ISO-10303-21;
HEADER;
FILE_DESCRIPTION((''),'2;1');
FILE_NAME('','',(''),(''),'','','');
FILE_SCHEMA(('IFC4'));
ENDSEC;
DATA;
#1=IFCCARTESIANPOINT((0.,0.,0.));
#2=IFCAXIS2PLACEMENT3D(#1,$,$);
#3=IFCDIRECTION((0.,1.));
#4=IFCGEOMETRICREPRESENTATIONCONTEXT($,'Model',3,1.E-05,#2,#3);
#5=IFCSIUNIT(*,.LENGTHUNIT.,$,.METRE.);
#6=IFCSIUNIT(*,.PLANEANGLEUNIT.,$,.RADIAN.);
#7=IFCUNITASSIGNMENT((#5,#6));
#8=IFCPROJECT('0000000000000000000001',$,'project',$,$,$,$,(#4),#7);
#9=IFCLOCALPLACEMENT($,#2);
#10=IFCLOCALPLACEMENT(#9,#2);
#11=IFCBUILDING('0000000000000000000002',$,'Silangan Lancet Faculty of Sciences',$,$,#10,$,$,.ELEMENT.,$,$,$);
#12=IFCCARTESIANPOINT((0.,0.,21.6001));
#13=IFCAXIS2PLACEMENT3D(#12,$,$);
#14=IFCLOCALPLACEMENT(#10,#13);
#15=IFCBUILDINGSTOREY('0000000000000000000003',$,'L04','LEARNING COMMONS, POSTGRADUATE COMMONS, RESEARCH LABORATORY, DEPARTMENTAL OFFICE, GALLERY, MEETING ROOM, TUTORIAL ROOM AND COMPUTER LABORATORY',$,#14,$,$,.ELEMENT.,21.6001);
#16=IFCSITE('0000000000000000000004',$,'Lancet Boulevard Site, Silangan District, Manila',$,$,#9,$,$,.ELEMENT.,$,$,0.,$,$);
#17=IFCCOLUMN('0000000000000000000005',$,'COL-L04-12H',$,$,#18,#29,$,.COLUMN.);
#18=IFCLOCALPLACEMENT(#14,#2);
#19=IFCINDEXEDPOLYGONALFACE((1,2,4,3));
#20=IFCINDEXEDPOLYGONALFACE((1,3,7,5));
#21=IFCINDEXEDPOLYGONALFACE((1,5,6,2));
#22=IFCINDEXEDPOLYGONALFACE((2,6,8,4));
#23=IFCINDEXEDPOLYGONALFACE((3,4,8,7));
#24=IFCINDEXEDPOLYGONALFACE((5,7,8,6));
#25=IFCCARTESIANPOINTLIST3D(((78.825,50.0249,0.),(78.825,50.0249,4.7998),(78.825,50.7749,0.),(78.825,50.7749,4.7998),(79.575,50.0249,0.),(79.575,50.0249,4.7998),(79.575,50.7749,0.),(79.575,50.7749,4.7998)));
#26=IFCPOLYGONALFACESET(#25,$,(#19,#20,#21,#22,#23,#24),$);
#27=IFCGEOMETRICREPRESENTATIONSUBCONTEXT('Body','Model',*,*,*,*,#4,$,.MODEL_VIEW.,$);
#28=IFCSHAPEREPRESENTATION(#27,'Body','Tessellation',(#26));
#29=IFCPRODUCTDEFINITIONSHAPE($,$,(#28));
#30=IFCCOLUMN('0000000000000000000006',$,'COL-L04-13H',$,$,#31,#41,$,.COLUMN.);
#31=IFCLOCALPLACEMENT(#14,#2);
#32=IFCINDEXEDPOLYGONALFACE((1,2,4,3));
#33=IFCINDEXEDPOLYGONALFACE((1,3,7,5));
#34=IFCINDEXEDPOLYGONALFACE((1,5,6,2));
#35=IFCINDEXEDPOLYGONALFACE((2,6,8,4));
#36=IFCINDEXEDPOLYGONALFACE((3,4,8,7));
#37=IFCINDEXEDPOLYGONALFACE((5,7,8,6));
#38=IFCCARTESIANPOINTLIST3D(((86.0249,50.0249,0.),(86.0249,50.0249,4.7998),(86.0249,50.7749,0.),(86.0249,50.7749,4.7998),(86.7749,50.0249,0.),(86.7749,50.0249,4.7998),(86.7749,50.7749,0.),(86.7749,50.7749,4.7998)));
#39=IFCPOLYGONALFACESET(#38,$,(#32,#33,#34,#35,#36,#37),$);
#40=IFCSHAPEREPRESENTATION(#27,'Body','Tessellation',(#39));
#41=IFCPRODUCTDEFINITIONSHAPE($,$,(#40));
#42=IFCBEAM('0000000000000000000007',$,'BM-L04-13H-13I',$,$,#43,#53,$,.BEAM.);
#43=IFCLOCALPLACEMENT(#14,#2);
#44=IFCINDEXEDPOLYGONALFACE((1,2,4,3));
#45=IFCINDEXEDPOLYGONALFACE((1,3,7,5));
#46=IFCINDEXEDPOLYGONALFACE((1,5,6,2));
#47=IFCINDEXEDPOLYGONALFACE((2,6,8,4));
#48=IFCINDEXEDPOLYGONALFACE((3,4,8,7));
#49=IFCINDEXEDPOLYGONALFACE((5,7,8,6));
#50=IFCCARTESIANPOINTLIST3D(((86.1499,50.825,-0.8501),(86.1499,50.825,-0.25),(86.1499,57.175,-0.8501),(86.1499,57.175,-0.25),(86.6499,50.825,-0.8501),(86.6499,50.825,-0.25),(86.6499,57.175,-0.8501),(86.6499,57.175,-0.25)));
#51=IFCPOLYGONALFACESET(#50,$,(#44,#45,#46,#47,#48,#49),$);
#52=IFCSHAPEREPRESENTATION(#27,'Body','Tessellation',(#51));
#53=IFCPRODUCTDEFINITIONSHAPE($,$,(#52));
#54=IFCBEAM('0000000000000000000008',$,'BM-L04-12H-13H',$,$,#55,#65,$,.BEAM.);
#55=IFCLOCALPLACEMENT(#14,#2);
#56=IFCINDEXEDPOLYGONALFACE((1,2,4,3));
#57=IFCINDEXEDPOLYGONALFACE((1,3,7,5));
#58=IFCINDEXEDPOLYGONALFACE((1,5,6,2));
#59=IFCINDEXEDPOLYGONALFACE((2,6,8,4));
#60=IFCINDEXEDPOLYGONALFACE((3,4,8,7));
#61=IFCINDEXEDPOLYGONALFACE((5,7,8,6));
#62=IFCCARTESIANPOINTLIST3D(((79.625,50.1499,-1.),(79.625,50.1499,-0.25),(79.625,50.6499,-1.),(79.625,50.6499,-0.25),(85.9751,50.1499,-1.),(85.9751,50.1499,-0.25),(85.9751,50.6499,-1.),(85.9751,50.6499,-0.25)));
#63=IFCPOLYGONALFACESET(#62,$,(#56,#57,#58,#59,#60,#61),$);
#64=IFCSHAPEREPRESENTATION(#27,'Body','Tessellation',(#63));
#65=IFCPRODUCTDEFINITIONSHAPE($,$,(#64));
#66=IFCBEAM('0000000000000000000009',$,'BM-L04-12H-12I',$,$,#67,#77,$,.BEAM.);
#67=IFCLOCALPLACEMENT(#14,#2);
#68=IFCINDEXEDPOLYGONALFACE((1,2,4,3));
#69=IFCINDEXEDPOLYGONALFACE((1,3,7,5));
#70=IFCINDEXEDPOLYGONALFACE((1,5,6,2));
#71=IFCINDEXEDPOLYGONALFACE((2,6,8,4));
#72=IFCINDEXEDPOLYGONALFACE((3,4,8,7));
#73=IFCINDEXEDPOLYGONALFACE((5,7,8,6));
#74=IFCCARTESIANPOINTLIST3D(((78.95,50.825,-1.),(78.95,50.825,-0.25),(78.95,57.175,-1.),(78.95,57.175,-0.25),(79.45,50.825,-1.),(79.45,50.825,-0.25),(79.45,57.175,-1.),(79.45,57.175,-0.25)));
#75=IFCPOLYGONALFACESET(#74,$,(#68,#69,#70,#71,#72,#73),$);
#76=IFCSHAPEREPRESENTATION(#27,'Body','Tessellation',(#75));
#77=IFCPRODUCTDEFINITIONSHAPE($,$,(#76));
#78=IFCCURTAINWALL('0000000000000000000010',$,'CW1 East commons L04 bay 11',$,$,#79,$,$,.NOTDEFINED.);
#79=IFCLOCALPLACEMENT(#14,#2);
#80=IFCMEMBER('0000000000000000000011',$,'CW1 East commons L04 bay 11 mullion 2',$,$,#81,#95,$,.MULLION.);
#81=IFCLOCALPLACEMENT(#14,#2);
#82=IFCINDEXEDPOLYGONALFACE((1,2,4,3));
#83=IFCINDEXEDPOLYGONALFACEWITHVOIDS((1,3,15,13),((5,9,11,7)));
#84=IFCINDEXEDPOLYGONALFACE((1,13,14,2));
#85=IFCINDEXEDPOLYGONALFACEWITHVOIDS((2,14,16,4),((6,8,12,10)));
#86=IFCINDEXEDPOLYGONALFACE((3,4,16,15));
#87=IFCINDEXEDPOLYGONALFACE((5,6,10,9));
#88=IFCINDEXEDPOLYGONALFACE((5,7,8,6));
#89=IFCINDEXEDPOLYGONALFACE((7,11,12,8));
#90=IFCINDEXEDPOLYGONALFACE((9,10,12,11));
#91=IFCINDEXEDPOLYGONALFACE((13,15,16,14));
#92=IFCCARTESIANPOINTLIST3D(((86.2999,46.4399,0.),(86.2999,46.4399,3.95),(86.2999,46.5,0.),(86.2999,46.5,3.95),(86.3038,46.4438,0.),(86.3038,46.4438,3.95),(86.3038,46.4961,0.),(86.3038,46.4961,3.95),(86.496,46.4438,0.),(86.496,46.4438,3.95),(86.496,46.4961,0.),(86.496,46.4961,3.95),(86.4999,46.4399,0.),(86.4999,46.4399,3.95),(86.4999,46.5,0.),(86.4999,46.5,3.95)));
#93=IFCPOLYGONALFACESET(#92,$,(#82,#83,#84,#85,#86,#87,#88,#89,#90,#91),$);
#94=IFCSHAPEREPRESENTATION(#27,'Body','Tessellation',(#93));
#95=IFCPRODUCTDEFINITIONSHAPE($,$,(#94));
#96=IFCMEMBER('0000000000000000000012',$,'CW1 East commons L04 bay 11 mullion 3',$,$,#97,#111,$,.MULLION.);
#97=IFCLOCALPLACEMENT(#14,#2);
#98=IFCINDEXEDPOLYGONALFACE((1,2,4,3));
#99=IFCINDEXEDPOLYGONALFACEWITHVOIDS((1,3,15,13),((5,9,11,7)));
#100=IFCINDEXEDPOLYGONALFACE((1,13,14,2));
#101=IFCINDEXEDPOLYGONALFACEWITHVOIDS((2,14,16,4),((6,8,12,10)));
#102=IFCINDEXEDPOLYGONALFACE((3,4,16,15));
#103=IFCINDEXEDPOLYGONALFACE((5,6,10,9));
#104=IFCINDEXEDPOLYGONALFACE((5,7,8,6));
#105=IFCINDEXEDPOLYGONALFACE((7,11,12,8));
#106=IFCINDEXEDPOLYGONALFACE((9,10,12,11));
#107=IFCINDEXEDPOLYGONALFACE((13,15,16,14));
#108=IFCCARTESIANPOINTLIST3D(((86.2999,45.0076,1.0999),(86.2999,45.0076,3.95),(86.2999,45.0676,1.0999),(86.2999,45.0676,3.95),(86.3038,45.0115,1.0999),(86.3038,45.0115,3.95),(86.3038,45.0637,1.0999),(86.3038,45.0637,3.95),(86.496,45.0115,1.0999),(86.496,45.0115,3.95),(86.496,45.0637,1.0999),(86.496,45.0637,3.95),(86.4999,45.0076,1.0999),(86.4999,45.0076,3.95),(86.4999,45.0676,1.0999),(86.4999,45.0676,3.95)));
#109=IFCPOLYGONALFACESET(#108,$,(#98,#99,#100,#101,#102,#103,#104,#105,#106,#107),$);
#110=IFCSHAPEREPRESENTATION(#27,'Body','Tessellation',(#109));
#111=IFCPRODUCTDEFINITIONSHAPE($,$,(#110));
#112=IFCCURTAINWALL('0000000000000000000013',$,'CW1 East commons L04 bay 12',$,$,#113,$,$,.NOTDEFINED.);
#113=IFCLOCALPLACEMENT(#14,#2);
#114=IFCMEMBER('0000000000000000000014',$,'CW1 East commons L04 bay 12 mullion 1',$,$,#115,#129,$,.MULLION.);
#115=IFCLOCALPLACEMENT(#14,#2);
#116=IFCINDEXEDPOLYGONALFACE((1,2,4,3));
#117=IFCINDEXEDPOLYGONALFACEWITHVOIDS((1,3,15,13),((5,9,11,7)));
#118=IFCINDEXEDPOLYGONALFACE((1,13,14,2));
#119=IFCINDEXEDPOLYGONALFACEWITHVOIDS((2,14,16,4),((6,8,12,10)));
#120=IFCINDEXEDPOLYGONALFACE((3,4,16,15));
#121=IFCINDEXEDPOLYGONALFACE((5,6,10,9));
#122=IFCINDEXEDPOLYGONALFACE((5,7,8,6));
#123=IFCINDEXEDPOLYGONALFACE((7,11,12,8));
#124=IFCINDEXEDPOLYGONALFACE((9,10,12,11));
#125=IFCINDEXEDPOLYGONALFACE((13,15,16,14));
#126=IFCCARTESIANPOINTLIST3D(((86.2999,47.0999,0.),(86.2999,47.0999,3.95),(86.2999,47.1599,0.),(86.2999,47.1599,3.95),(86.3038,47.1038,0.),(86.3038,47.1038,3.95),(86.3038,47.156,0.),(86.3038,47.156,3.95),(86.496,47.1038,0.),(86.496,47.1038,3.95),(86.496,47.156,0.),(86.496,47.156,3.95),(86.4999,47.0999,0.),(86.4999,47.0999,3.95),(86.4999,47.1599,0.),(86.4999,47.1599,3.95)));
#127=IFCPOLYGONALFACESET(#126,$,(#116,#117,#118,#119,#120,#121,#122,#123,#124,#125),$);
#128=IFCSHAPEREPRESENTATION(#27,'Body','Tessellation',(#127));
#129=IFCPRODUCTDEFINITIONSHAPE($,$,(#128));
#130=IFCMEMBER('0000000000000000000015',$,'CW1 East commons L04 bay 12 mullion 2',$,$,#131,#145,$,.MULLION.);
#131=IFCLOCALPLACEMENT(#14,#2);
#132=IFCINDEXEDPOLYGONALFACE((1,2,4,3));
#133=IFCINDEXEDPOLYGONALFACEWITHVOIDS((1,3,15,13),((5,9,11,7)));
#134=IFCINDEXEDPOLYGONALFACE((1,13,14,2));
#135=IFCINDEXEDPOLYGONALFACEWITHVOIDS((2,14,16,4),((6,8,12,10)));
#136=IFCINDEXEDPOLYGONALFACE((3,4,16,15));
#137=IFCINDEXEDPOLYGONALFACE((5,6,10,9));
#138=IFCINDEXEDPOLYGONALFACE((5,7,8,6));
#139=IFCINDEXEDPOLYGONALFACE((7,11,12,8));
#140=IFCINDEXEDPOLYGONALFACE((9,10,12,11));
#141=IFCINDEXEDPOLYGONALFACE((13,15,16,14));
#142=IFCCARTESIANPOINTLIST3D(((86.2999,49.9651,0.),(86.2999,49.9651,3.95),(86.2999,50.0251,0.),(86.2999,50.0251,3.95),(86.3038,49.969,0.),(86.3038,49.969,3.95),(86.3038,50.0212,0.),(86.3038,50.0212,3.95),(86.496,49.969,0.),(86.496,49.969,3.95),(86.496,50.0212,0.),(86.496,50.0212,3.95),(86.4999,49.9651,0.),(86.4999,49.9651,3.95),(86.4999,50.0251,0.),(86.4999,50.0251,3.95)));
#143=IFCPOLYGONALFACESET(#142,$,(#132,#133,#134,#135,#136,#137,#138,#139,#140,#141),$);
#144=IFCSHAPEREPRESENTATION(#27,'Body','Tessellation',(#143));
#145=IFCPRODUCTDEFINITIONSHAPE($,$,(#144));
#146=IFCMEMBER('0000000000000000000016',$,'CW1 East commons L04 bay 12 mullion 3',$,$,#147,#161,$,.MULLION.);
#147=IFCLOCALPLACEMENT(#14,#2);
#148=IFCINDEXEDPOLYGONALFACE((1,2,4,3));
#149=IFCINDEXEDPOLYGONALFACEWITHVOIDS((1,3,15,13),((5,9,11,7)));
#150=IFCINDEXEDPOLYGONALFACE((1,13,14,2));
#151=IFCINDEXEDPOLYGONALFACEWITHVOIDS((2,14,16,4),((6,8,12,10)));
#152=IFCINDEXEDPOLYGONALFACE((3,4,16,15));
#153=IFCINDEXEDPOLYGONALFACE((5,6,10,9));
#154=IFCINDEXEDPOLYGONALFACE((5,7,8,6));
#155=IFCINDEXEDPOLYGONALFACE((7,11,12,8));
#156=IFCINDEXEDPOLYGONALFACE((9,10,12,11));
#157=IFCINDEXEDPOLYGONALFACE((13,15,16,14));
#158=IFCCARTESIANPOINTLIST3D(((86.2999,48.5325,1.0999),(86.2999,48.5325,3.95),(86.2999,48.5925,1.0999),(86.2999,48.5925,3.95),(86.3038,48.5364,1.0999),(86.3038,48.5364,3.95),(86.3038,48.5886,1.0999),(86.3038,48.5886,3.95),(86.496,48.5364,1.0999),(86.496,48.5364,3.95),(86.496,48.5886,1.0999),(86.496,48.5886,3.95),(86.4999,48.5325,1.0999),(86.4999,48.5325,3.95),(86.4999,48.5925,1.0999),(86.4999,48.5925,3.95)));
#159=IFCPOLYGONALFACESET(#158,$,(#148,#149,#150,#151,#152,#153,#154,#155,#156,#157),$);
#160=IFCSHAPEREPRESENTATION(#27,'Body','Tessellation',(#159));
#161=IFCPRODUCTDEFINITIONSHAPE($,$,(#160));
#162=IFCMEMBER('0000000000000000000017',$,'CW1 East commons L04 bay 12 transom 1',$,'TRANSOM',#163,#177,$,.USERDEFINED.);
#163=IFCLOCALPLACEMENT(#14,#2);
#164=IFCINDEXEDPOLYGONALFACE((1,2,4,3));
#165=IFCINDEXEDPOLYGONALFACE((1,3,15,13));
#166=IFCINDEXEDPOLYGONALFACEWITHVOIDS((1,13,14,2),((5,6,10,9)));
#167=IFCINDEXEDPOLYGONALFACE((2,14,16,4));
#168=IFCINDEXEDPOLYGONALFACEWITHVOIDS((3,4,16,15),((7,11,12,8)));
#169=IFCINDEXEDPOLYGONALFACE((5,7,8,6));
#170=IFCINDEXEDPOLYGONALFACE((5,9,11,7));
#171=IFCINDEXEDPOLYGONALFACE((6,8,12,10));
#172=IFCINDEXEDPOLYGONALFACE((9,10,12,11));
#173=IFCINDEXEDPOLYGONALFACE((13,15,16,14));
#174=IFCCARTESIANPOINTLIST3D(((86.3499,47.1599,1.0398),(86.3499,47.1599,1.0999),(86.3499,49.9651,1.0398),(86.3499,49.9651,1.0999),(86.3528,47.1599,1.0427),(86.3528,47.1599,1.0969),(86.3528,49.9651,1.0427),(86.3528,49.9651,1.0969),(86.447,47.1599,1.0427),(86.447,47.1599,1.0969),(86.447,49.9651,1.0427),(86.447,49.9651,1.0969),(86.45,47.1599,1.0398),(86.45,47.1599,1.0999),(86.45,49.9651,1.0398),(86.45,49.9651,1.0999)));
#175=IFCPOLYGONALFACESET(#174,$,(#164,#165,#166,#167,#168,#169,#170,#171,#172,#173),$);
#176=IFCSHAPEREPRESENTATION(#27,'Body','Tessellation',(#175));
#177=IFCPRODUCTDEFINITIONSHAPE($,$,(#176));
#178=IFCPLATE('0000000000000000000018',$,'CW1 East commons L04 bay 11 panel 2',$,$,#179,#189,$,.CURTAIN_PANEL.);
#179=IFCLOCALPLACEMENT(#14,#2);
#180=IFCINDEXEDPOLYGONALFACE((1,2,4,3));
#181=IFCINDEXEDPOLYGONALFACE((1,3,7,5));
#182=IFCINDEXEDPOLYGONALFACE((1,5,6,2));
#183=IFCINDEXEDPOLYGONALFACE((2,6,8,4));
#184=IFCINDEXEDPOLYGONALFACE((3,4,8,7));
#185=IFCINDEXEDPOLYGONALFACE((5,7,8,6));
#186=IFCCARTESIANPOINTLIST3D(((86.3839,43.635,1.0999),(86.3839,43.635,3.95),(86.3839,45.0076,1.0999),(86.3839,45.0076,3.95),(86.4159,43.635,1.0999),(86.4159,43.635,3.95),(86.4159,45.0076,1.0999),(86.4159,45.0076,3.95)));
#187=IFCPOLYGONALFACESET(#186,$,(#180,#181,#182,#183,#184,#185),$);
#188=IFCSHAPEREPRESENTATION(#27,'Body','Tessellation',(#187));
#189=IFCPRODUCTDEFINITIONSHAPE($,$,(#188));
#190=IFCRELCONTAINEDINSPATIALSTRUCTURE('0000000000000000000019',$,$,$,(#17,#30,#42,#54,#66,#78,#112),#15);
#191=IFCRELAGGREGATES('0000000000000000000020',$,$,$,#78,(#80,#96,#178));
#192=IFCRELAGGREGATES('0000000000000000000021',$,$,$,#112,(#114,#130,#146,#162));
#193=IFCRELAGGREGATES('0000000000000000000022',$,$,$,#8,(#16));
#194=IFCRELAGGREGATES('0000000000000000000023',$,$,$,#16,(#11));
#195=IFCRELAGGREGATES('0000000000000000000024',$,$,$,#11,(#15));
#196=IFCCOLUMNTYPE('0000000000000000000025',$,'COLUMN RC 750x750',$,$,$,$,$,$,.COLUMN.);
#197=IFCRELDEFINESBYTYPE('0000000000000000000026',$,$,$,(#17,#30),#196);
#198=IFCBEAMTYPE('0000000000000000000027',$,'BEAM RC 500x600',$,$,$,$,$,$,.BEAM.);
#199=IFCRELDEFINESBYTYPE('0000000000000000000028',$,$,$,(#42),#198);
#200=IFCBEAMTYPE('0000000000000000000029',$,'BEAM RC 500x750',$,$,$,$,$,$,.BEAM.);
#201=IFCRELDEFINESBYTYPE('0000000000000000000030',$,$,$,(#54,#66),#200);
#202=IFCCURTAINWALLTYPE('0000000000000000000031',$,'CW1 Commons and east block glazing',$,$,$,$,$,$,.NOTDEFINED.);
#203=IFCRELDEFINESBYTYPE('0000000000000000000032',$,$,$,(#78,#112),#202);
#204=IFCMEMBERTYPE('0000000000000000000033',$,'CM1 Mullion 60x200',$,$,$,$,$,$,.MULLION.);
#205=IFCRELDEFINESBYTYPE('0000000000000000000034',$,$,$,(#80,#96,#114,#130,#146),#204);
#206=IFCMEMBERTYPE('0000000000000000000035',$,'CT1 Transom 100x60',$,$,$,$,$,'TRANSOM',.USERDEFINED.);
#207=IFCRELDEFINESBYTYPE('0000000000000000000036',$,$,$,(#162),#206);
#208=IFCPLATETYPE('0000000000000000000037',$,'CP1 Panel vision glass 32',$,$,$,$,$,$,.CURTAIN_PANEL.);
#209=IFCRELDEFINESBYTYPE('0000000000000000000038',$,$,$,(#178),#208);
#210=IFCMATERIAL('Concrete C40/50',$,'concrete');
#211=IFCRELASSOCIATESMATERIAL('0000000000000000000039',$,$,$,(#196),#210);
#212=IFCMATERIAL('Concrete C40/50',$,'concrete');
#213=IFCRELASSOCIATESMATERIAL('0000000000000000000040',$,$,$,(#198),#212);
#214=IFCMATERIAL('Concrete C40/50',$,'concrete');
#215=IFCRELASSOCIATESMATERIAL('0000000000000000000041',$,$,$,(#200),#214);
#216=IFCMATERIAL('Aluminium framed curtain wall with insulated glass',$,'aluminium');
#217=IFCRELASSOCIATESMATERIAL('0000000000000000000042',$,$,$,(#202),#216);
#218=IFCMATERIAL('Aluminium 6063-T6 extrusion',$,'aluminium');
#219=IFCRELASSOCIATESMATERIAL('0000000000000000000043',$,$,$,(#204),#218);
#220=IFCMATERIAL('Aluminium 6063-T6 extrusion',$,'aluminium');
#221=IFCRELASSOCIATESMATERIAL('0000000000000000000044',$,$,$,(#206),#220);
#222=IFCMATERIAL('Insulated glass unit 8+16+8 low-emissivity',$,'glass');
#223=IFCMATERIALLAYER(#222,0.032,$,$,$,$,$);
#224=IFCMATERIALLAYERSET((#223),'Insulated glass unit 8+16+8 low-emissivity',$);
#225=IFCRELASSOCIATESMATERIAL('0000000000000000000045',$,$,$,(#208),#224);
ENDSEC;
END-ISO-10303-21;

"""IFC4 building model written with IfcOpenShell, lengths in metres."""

from ifc_helpers import new_model, si_unit, direction, frame, origin, origin_2d, place, context, subcontext, project, spatial, rectangle, hollow_rectangle, extrude, material, layer, layer_set, material_profile, profile_set, type_object, element, aggregate, save


model = new_model("IFC4")

# Units and contexts
model_context = context("Model", 3, precision=1e-05, world=origin(), true_north=direction((0.0, 1.0)))
body_context = subcontext(model_context, "Body", "Model", "MODEL_VIEW")
ifc_project = project(units=[si_unit("LENGTHUNIT", "METRE"), si_unit("PLANEANGLEUNIT", "RADIAN")], contexts=[model_context])

# Site, building, storey
site_placement = place(None, origin())
site = spatial("IfcSite", under=ifc_project, at=site_placement, Name="Lancet Boulevard Site, Silangan District, Manila", CompositionType="ELEMENT", RefElevation=0.0)
building_placement = place(site_placement, origin())
building = spatial("IfcBuilding", under=site, at=building_placement, Name="Silangan Lancet Faculty of Sciences", CompositionType="ELEMENT")
storey_placement = place(building_placement, frame((0.0, 0.0, 21.6001)))
storey = spatial("IfcBuildingStorey", under=building, at=storey_placement, Name="L04", Description="LEARNING COMMONS, POSTGRADUATE COMMONS, RESEARCH LABORATORY, DEPARTMENTAL OFFICE, GALLERY, MEETING ROOM, TUTORIAL ROOM AND COMPUTER LABORATORY", CompositionType="ELEMENT", Elevation=21.6001)

# Columns
ifc_material_1 = material(Name="Concrete C40/50", Category="concrete")
ifc_material_profile_1 = material_profile(ifc_material_1, rectangle(XDim=0.75, YDim=0.75, at=origin_2d()), Name="RC 750x750")
ifc_profile_set_1 = profile_set([ifc_material_profile_1], Name="Concrete C40/50")
column_type = type_object("IfcColumnType", Name="COLUMN RC 750x750", PredefinedType="COLUMN", material=ifc_profile_set_1)
for number, where, z_axis, x_axis, name in (
    (1, (79.2, 50.3999, 0.0), (0.0, 0.0, 1.0), (1.0, 0.0, 0.0), "COL-L04-12H"),
    (2, (86.3999, 50.3999, 0.0), (0.0, 0.0, 1.0), (1.0, 0.0, 0.0), "COL-L04-13H"),
):
    element("IfcColumn", number, at=place(storey_placement, frame(where, z_axis=z_axis, x_axis=x_axis)), inside=storey, type_object=column_type, Name=name, PredefinedType="COLUMN", context=body_context, shape_type="SweptSolid", body=[
        extrude(rectangle(XDim=0.75, YDim=0.75, at=origin_2d()), origin(), (0.0, 0.0, 1.0), 4.7998),
    ])

# Beams
ifc_material_2 = material(Name="Concrete C40/50", Category="concrete")
ifc_material_profile_2 = material_profile(ifc_material_2, rectangle(XDim=0.5, YDim=0.6001, at=origin_2d()), Name="RC 500x600")
ifc_profile_set_2 = profile_set([ifc_material_profile_2], Name="Concrete C40/50")
beam_type_1 = type_object("IfcBeamType", Name="BEAM RC 500x600", PredefinedType="BEAM", material=ifc_profile_set_2)
beam_placement = place(storey_placement, frame((86.3999, 50.825, -0.55), z_axis=(0.0, 1.0, 0.0), x_axis=(-1.0, 0.0, 0.0)))
element("IfcBeam", 3, at=beam_placement, inside=storey, type_object=beam_type_1, Name="BM-L04-13H-13I", PredefinedType="BEAM", context=body_context, shape_type="SweptSolid", body=[
    extrude(rectangle(XDim=0.5, YDim=0.6001, at=origin_2d()), origin(), (0.0, 0.0, 1.0), 6.3501),
])
ifc_material_3 = material(Name="Concrete C40/50", Category="concrete")
ifc_material_profile_3 = material_profile(ifc_material_3, rectangle(XDim=0.5, YDim=0.75, at=origin_2d()), Name="RC 500x750")
ifc_profile_set_3 = profile_set([ifc_material_profile_3], Name="Concrete C40/50")
beam_type_2 = type_object("IfcBeamType", Name="BEAM RC 500x750", PredefinedType="BEAM", material=ifc_profile_set_3)
for number, where, z_axis, x_axis, name in (
    (4, (79.625, 50.3999, -0.625), (1.0, 0.0, 0.0), (0.0, 1.0, 0.0), "BM-L04-12H-13H"),
    (5, (79.2, 50.825, -0.625), (0.0, 1.0, 0.0), (-1.0, 0.0, 0.0), "BM-L04-12H-12I"),
):
    element("IfcBeam", number, at=place(storey_placement, frame(where, z_axis=z_axis, x_axis=x_axis)), inside=storey, type_object=beam_type_2, Name=name, PredefinedType="BEAM", context=body_context, shape_type="SweptSolid", body=[
        extrude(rectangle(XDim=0.5, YDim=0.75, at=origin_2d()), origin(), (0.0, 0.0, 1.0), 6.3501),
    ])

# Curtain walls, members
ifc_material_4 = material(Name="Aluminium framed curtain wall with insulated glass", Category="aluminium")
curtain_wall_type = type_object("IfcCurtainWallType", Name="CW1 Commons and east block glazing", PredefinedType="NOTDEFINED", material=ifc_material_4)
curtain_wall_1_placement = place(storey_placement, origin())
curtain_wall_1 = element("IfcCurtainWall", 6, at=curtain_wall_1_placement, inside=storey, type_object=curtain_wall_type, Name="CW1 East commons L04 bay 11", PredefinedType="NOTDEFINED")
ifc_material_5 = material(Name="Aluminium 6063-T6 extrusion", Category="aluminium")
ifc_material_profile_4 = material_profile(ifc_material_5, hollow_rectangle(XDim=0.0601, YDim=0.2, WallThickness=0.0039, at=origin_2d()), Name="AL BOX 60x200x4")
ifc_profile_set_4 = profile_set([ifc_material_profile_4], Name="Aluminium 6063-T6 extrusion")
member_type_1 = type_object("IfcMemberType", Name="CM1 Mullion 60x200", PredefinedType="MULLION", material=ifc_profile_set_4)
member_1_placement = place(storey_placement, frame((86.3999, 46.47, 0.0), z_axis=(0.0, 0.0, 1.0), x_axis=(0.0, 1.0, 0.0)))
member_1 = element("IfcMember", 7, at=member_1_placement, type_object=member_type_1, Name="CW1 East commons L04 bay 11 mullion 2", PredefinedType="MULLION", context=body_context, shape_type="SweptSolid", body=[
    extrude(hollow_rectangle(XDim=0.0601, YDim=0.2, WallThickness=0.0039, at=origin_2d()), origin(), (0.0, 0.0, 1.0), 3.95),
])
member_2_placement = place(storey_placement, frame((86.3999, 45.0376, 1.0999), z_axis=(0.0, 0.0, 1.0), x_axis=(0.0, 1.0, 0.0)))
member_2 = element("IfcMember", 8, at=member_2_placement, type_object=member_type_1, Name="CW1 East commons L04 bay 11 mullion 3", PredefinedType="MULLION", context=body_context, shape_type="SweptSolid", body=[
    extrude(hollow_rectangle(XDim=0.0601, YDim=0.2, WallThickness=0.0039, at=origin_2d()), origin(), (0.0, 0.0, 1.0), 2.8501),
])
curtain_wall_2_placement = place(storey_placement, origin())
curtain_wall_2 = element("IfcCurtainWall", 9, at=curtain_wall_2_placement, inside=storey, type_object=curtain_wall_type, Name="CW1 East commons L04 bay 12", PredefinedType="NOTDEFINED")
member_3_placement = place(storey_placement, frame((86.3999, 47.1299, 0.0), z_axis=(0.0, 0.0, 1.0), x_axis=(0.0, 1.0, 0.0)))
member_3 = element("IfcMember", 10, at=member_3_placement, type_object=member_type_1, Name="CW1 East commons L04 bay 12 mullion 1", PredefinedType="MULLION", context=body_context, shape_type="SweptSolid", body=[
    extrude(hollow_rectangle(XDim=0.0601, YDim=0.2, WallThickness=0.0039, at=origin_2d()), origin(), (0.0, 0.0, 1.0), 3.95),
])
member_4_placement = place(storey_placement, frame((86.3999, 49.9951, 0.0), z_axis=(0.0, 0.0, 1.0), x_axis=(0.0, 1.0, 0.0)))
member_4 = element("IfcMember", 11, at=member_4_placement, type_object=member_type_1, Name="CW1 East commons L04 bay 12 mullion 2", PredefinedType="MULLION", context=body_context, shape_type="SweptSolid", body=[
    extrude(hollow_rectangle(XDim=0.0601, YDim=0.2, WallThickness=0.0039, at=origin_2d()), origin(), (0.0, 0.0, 1.0), 3.95),
])
member_5_placement = place(storey_placement, frame((86.3999, 48.5625, 1.0999), z_axis=(0.0, 0.0, 1.0), x_axis=(0.0, 1.0, 0.0)))
member_5 = element("IfcMember", 12, at=member_5_placement, type_object=member_type_1, Name="CW1 East commons L04 bay 12 mullion 3", PredefinedType="MULLION", context=body_context, shape_type="SweptSolid", body=[
    extrude(hollow_rectangle(XDim=0.0601, YDim=0.2, WallThickness=0.0039, at=origin_2d()), origin(), (0.0, 0.0, 1.0), 2.8501),
])
ifc_material_6 = material(Name="Aluminium 6063-T6 extrusion", Category="aluminium")
ifc_material_profile_5 = material_profile(ifc_material_6, hollow_rectangle(XDim=0.1001, YDim=0.0601, WallThickness=0.0029, at=origin_2d()), Name="AL BOX 100x60x3")
ifc_profile_set_5 = profile_set([ifc_material_profile_5], Name="Aluminium 6063-T6 extrusion")
member_type_2 = type_object("IfcMemberType", Name="CT1 Transom 100x60", ElementType="TRANSOM", PredefinedType="USERDEFINED", material=ifc_profile_set_5)
member_6_placement = place(storey_placement, frame((86.3999, 47.1599, 1.0698), z_axis=(0.0, 1.0, 0.0), x_axis=(-1.0, 0.0, 0.0)))
member_6 = element("IfcMember", 13, at=member_6_placement, type_object=member_type_2, Name="CW1 East commons L04 bay 12 transom 1", ObjectType="TRANSOM", PredefinedType="USERDEFINED", context=body_context, shape_type="SweptSolid", body=[
    extrude(hollow_rectangle(XDim=0.1001, YDim=0.0601, WallThickness=0.0029, at=origin_2d()), origin(), (0.0, 0.0, 1.0), 2.8052),
])

# Plate
ifc_material_7 = material(Name="Insulated glass unit 8+16+8 low-emissivity", Category="glass")
ifc_layer_1 = layer(ifc_material_7, 0.032)
ifc_layer_set_1 = layer_set([ifc_layer_1], Name="Insulated glass unit 8+16+8 low-emissivity")
plate_type_1 = type_object("IfcPlateType", Name="CP1 Panel vision glass 32", PredefinedType="CURTAIN_PANEL", material=ifc_layer_set_1)
plate_1_placement = place(storey_placement, frame((86.3999, 44.3213, 1.0999), z_axis=(0.0, 0.0, 1.0), x_axis=(0.0, 1.0, 0.0)))
plate_1 = element("IfcPlate", 14, at=plate_1_placement, type_object=plate_type_1, Name="CW1 East commons L04 bay 11 panel 2", PredefinedType="CURTAIN_PANEL", context=body_context, shape_type="SweptSolid", body=[
    extrude(rectangle(XDim=1.3726, YDim=0.032, at=origin_2d()), origin(), (0.0, 0.0, 1.0), 2.8501),
])
aggregate(curtain_wall_1, [member_1, member_2, plate_1])
aggregate(curtain_wall_2, [member_3, member_4, member_5, member_6])

save(model, "model.ifc")
